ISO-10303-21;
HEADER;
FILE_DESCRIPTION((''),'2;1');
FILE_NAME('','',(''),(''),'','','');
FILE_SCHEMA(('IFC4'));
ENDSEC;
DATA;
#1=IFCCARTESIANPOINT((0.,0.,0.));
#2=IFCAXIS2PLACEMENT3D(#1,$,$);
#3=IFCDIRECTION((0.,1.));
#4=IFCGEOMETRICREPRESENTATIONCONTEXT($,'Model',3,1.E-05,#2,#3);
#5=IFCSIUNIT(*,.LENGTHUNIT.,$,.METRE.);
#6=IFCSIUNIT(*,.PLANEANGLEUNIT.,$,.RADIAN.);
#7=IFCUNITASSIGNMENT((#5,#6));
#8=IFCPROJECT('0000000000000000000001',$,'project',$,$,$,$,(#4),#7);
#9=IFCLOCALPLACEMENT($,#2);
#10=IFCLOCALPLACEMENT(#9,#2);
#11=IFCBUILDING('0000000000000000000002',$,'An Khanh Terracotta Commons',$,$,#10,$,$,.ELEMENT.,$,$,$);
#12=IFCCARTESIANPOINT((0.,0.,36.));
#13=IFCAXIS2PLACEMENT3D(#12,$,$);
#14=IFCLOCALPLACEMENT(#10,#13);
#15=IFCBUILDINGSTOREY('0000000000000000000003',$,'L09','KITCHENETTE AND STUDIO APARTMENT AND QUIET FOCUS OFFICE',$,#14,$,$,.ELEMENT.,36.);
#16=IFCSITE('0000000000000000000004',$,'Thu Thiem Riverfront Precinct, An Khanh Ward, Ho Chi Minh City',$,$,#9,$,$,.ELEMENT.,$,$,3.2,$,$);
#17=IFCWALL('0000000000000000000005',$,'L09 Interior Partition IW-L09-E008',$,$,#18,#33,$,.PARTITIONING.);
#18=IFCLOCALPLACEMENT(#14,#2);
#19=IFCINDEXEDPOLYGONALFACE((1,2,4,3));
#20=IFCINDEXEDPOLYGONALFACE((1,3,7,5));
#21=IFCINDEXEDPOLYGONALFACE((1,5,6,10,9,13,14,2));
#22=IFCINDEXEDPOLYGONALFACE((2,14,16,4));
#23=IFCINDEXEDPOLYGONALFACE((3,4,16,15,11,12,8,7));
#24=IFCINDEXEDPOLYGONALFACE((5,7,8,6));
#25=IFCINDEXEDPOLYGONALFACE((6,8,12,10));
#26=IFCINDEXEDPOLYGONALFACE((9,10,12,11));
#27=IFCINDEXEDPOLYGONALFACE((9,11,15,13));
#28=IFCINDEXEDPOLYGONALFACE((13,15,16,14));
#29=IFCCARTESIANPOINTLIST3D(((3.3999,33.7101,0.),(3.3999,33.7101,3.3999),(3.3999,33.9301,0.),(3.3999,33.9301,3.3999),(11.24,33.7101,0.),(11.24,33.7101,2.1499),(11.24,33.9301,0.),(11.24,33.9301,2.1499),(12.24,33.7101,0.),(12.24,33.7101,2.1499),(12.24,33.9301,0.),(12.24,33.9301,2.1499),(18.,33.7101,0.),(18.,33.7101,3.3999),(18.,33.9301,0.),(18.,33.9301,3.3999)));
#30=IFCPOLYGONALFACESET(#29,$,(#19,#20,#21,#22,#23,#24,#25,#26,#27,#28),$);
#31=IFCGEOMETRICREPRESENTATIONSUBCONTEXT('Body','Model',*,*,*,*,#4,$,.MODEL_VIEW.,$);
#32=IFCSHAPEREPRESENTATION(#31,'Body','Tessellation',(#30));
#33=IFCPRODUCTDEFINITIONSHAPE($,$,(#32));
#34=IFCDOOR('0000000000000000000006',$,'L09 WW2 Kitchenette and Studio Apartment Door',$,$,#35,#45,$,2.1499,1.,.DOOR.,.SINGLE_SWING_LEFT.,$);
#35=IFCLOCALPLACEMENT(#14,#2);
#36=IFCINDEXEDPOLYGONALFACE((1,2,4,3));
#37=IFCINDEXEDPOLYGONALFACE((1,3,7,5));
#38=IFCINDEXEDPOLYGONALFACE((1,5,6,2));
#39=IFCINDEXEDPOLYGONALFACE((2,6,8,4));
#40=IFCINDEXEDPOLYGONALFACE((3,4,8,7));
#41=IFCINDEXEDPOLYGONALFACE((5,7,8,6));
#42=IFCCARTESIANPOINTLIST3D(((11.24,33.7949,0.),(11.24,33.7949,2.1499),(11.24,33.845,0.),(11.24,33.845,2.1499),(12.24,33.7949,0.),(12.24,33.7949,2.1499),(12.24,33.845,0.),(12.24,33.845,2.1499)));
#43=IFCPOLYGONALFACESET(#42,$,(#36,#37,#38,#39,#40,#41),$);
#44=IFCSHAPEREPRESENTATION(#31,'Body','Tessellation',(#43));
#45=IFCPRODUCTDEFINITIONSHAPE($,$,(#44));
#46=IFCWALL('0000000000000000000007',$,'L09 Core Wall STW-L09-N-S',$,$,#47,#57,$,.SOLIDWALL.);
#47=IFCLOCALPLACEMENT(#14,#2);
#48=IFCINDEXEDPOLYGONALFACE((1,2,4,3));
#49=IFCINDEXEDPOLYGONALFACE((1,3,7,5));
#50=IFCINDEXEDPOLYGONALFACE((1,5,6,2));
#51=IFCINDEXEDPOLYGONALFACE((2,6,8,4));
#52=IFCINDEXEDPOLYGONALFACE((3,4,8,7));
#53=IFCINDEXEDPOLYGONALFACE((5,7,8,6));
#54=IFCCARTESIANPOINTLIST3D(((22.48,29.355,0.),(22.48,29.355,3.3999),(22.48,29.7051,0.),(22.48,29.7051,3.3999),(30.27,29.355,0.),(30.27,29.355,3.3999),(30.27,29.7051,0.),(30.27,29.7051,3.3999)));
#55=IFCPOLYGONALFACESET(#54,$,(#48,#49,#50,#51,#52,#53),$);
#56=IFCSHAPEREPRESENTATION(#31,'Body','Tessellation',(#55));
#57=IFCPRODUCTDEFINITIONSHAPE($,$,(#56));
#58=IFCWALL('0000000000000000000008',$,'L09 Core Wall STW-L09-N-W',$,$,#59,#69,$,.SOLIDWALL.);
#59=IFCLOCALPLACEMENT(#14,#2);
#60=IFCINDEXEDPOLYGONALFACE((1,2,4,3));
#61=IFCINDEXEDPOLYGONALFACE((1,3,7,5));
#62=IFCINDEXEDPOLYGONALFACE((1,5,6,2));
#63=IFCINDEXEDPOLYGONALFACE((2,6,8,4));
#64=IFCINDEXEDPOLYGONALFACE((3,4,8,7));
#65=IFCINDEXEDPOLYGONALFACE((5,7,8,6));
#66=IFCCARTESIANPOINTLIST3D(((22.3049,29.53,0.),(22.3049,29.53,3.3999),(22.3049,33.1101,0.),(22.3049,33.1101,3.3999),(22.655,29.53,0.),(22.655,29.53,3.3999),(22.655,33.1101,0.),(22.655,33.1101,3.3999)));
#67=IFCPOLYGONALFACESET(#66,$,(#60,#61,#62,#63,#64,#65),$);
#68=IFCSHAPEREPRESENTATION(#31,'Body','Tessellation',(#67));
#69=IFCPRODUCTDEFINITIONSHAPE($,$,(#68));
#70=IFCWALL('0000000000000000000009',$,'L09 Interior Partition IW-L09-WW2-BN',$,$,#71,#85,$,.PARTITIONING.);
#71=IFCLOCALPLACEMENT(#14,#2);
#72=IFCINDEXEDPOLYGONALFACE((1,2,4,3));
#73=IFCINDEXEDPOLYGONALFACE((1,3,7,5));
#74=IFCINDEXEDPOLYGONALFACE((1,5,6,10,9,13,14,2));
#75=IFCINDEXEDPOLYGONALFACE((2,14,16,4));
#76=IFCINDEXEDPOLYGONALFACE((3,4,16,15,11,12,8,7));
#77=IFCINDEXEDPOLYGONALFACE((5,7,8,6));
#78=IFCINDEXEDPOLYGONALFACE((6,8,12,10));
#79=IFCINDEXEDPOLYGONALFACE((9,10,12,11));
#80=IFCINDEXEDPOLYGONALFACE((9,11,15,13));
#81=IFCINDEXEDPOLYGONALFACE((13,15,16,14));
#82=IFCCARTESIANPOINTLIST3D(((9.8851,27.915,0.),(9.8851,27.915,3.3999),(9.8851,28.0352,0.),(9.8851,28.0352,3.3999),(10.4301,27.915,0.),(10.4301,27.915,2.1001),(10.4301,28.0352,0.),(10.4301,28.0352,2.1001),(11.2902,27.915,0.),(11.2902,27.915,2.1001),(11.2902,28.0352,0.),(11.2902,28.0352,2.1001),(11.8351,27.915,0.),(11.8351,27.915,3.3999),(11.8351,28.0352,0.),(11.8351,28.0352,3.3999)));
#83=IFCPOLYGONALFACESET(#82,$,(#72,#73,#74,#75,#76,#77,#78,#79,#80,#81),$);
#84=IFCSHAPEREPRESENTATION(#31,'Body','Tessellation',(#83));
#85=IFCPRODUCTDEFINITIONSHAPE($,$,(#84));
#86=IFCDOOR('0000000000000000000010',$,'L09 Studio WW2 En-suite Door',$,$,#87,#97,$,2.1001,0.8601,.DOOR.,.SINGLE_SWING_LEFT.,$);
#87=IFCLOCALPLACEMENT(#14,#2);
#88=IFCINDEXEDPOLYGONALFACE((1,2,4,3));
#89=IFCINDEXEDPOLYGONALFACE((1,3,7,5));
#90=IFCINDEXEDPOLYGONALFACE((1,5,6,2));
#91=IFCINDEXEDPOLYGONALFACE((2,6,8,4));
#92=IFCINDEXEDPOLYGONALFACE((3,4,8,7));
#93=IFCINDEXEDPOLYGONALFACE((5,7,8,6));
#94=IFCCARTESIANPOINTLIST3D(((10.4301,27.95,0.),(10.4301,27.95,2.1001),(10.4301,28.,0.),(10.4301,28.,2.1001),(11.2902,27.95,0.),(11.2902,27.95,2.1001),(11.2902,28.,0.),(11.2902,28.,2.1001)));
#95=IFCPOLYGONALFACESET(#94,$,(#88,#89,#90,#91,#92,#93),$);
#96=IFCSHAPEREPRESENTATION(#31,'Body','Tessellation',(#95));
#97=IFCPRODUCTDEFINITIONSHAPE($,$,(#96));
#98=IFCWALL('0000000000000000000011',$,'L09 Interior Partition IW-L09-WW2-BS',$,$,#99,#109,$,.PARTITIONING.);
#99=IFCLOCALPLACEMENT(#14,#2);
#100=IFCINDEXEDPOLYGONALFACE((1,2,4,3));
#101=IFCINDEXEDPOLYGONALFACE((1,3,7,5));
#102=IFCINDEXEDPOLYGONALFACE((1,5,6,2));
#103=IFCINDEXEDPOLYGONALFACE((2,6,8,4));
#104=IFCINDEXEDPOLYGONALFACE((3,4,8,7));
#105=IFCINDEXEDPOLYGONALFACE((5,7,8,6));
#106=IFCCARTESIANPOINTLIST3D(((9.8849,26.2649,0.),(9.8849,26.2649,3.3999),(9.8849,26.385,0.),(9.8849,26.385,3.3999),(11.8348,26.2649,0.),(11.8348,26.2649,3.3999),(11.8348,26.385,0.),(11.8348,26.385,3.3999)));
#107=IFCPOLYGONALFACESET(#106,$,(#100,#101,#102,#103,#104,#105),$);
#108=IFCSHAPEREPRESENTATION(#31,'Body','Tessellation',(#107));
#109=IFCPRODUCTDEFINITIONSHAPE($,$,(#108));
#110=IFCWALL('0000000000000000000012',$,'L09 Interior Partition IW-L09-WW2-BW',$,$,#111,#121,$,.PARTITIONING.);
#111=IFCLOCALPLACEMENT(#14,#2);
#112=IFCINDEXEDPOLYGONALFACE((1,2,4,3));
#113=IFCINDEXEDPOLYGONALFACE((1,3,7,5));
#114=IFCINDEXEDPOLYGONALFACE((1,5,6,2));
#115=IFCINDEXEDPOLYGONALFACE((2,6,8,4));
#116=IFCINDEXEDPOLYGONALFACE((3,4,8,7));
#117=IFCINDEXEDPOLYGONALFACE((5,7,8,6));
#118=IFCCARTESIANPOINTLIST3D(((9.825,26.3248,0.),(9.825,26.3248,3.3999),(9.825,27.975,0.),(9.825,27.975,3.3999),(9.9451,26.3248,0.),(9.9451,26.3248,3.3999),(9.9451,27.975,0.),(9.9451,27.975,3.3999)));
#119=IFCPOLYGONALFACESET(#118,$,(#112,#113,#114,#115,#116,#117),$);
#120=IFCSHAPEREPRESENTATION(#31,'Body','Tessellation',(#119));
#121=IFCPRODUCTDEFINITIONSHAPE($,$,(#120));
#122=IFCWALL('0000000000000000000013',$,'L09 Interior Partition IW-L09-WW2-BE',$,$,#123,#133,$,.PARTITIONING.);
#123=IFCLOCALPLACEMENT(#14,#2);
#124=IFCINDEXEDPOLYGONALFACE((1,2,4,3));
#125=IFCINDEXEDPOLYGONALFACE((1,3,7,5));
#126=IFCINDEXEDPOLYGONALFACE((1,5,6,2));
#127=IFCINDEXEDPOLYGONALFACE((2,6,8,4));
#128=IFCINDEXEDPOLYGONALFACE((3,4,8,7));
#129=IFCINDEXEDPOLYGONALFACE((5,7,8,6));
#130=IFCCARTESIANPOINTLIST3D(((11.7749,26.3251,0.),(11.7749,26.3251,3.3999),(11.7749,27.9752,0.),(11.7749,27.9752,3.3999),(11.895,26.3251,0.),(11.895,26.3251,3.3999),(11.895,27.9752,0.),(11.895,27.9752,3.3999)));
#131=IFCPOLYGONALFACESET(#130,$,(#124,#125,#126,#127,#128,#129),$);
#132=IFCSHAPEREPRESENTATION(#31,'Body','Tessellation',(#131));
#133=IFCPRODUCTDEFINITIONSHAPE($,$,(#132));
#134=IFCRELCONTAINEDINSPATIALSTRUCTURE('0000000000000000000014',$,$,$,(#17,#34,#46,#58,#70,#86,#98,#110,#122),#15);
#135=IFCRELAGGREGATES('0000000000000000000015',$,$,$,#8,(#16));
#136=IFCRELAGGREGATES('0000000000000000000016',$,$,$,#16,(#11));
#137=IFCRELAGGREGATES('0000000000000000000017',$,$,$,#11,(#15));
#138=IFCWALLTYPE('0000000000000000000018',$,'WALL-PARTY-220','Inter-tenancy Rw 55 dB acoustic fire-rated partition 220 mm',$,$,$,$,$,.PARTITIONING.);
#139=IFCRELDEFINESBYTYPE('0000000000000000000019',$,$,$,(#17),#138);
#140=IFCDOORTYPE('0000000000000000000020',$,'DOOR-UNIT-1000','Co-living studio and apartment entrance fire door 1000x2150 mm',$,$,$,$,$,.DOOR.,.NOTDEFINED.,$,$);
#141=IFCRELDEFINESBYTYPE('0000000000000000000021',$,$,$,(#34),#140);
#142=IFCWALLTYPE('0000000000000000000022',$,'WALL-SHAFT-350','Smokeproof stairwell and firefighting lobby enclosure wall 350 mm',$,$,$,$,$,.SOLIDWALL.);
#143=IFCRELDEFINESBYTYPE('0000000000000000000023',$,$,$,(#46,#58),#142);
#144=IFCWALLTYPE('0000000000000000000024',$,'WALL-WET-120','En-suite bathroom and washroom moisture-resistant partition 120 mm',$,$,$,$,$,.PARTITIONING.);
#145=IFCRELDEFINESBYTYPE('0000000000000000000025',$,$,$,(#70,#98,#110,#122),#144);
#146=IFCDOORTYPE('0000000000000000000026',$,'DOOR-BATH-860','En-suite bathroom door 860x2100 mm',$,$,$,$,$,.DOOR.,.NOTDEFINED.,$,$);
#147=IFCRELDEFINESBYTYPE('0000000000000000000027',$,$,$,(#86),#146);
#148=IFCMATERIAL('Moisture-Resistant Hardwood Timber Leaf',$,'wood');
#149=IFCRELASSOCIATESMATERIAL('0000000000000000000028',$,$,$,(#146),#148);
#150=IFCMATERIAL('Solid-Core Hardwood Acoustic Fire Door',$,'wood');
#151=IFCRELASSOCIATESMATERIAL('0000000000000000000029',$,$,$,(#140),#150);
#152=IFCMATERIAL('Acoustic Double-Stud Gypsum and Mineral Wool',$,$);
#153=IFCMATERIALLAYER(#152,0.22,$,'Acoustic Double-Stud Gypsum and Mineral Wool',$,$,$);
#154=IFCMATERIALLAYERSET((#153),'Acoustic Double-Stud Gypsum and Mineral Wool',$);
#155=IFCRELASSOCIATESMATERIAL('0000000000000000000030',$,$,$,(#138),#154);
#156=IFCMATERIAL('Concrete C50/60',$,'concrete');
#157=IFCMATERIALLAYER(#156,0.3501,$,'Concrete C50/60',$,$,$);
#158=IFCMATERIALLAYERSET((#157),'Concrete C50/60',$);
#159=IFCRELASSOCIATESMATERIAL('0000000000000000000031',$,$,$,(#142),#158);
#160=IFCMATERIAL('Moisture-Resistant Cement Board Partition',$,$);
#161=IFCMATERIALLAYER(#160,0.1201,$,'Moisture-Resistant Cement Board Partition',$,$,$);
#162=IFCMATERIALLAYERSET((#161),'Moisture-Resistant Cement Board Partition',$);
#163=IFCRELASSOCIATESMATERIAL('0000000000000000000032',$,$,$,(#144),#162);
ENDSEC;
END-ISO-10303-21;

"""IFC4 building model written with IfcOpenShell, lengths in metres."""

from ifc_helpers import new_model, si_unit, direction, frame, frame_2d, origin, place, context, subcontext, project, spatial, rectangle, extrude, material, layer, layer_set, type_object, element, fill, save


model = new_model("IFC4")

# Units and contexts
model_context = context("Model", 3, precision=1e-05, world=origin(), true_north=direction((0.0, 1.0)))
body_context = subcontext(model_context, "Body", "Model", "MODEL_VIEW")
ifc_project = project(units=[si_unit("LENGTHUNIT", "METRE"), si_unit("PLANEANGLEUNIT", "RADIAN")], contexts=[model_context])

# Site, building, storey
site_placement = place(None, origin())
site = spatial("IfcSite", under=ifc_project, at=site_placement, Name="Thu Thiem Riverfront Precinct, An Khanh Ward, Ho Chi Minh City", CompositionType="ELEMENT", RefElevation=3.2)
building_placement = place(site_placement, origin())
building = spatial("IfcBuilding", under=site, at=building_placement, Name="An Khanh Terracotta Commons", CompositionType="ELEMENT")
storey_placement = place(building_placement, frame((0.0, 0.0, 36.0)))
storey = spatial("IfcBuildingStorey", under=building, at=storey_placement, Name="L09", Description="KITCHENETTE AND STUDIO APARTMENT AND QUIET FOCUS OFFICE", CompositionType="ELEMENT", Elevation=36.0)

# Shared definitions
ifc_material_1 = material(Name="Moisture-Resistant Hardwood Timber Leaf", Category="wood")
door_type_1 = type_object("IfcDoorType", Name="DOOR-BATH-860", Description="En-suite bathroom door 860x2100 mm", OperationType="NOTDEFINED", PredefinedType="DOOR", material=ifc_material_1)
ifc_material_2 = material(Name="Solid-Core Hardwood Acoustic Fire Door", Category="wood")
door_type_2 = type_object("IfcDoorType", Name="DOOR-UNIT-1000", Description="Co-living studio and apartment entrance fire door 1000x2150 mm", OperationType="NOTDEFINED", PredefinedType="DOOR", material=ifc_material_2)

# Shared definitions
ifc_material_3 = material(Name="Acoustic Double-Stud Gypsum and Mineral Wool")
ifc_layer_1 = layer(ifc_material_3, 0.22, Name="Acoustic Double-Stud Gypsum and Mineral Wool")
ifc_layer_set_1 = layer_set([ifc_layer_1], Name="Acoustic Double-Stud Gypsum and Mineral Wool")
wall_type_1 = type_object("IfcWallType", Name="WALL-PARTY-220", Description="Inter-tenancy Rw 55 dB acoustic fire-rated partition 220 mm", PredefinedType="PARTITIONING", material=ifc_layer_set_1)

# Wall, opening, door
wall_1_placement = place(storey_placement, frame((3.3999, 33.8201, 0.0), z_axis=(0.0, 0.0, 1.0), x_axis=(1.0, 0.0, 0.0)))
wall_1 = element("IfcWall", 1, at=wall_1_placement, inside=storey, type_object=wall_type_1, Name="L09 Interior Partition IW-L09-E008", PredefinedType="PARTITIONING", context=body_context, shape_type="SweptSolid", body=[
    extrude(rectangle(XDim=14.6001, YDim=0.22, at=frame_2d((7.3, 0.0))), origin(), (0.0, 0.0, 1.0), 3.3999),
])
opening_1_placement = place(wall_1_placement, frame((7.8401, 0.0, 0.0)))
opening_1 = element("IfcOpeningElement", 2, at=opening_1_placement, cuts=wall_1, PredefinedType="OPENING", context=body_context, shape_type="SweptSolid", body=[
    extrude(rectangle(XDim=1.0, YDim=2.1499, at=frame_2d((0.5, 1.075))), frame((0.0, 0.1199, 0.0), z_axis=(0.0, -1.0, 0.0), x_axis=(1.0, 0.0, 0.0)), (0.0, 0.0, 1.0), 0.24),
])
door_1_placement = place(opening_1_placement, origin())
door_1 = element("IfcDoor", 3, at=door_1_placement, inside=storey, type_object=door_type_2, Name="L09 WW2 Kitchenette and Studio Apartment Door", OperationType="SINGLE_SWING_LEFT", OverallHeight=2.1499, OverallWidth=1.0, PredefinedType="DOOR", context=body_context, shape_type="SweptSolid", body=[
    extrude(rectangle(XDim=1.0, YDim=2.1499, at=frame_2d((0.5, 1.075))), frame((0.0, 0.0249, 0.0), z_axis=(0.0, -1.0, 0.0), x_axis=(1.0, 0.0, 0.0)), (0.0, 0.0, 1.0), 0.05),
])
fill(opening_1, door_1)

# Walls
ifc_material_4 = material(Name="Concrete C50/60", Category="concrete")
ifc_layer_2 = layer(ifc_material_4, 0.3501, Name="Concrete C50/60")
ifc_layer_set_2 = layer_set([ifc_layer_2], Name="Concrete C50/60")
wall_type_2 = type_object("IfcWallType", Name="WALL-SHAFT-350", Description="Smokeproof stairwell and firefighting lobby enclosure wall 350 mm", PredefinedType="SOLIDWALL", material=ifc_layer_set_2)
wall_2_placement = place(storey_placement, frame((22.48, 29.53, 0.0), z_axis=(0.0, 0.0, 1.0), x_axis=(1.0, 0.0, 0.0)))
element("IfcWall", 4, at=wall_2_placement, inside=storey, type_object=wall_type_2, Name="L09 Core Wall STW-L09-N-S", PredefinedType="SOLIDWALL", context=body_context, shape_type="SweptSolid", body=[
    extrude(rectangle(XDim=7.79, YDim=0.3501, at=frame_2d((3.895, 0.0))), origin(), (0.0, 0.0, 1.0), 3.3999),
])
wall_3_placement = place(storey_placement, frame((22.48, 29.53, 0.0), z_axis=(0.0, 0.0, 1.0), x_axis=(0.0, 1.0, 0.0)))
element("IfcWall", 5, at=wall_3_placement, inside=storey, type_object=wall_type_2, Name="L09 Core Wall STW-L09-N-W", PredefinedType="SOLIDWALL", context=body_context, shape_type="SweptSolid", body=[
    extrude(rectangle(XDim=3.5801, YDim=0.3501, at=frame_2d((1.79, 0.0))), origin(), (0.0, 0.0, 1.0), 3.3999),
])

# Wall, opening, door
ifc_material_5 = material(Name="Moisture-Resistant Cement Board Partition")
ifc_layer_3 = layer(ifc_material_5, 0.1201, Name="Moisture-Resistant Cement Board Partition")
ifc_layer_set_3 = layer_set([ifc_layer_3], Name="Moisture-Resistant Cement Board Partition")
wall_type_3 = type_object("IfcWallType", Name="WALL-WET-120", Description="En-suite bathroom and washroom moisture-resistant partition 120 mm", PredefinedType="PARTITIONING", material=ifc_layer_set_3)
wall_4_placement = place(storey_placement, frame((9.885, 27.9751, 0.0), z_axis=(0.0, 0.0, 1.0), x_axis=(1.0, 0.0, 0.0)))
wall_4 = element("IfcWall", 6, at=wall_4_placement, inside=storey, type_object=wall_type_3, Name="L09 Interior Partition IW-L09-WW2-BN", PredefinedType="PARTITIONING", context=body_context, shape_type="SweptSolid", body=[
    extrude(rectangle(XDim=1.95, YDim=0.1201, at=frame_2d((0.9751, 0.0))), origin(), (0.0, 0.0, 1.0), 3.3999),
])
opening_2_placement = place(wall_4_placement, frame((0.5449, 0.0, 0.0)))
opening_2 = element("IfcOpeningElement", 7, at=opening_2_placement, cuts=wall_4, PredefinedType="OPENING", context=body_context, shape_type="SweptSolid", body=[
    extrude(rectangle(XDim=0.8601, YDim=2.1001, at=frame_2d((0.4302, 1.05))), frame((0.0, 0.0701, 0.0), z_axis=(0.0, -1.0, 0.0), x_axis=(1.0, 0.0, 0.0)), (0.0, 0.0, 1.0), 0.1401),
])
door_2_placement = place(opening_2_placement, origin())
door_2 = element("IfcDoor", 8, at=door_2_placement, inside=storey, type_object=door_type_1, Name="L09 Studio WW2 En-suite Door", OperationType="SINGLE_SWING_LEFT", OverallHeight=2.1001, OverallWidth=0.8601, PredefinedType="DOOR", context=body_context, shape_type="SweptSolid", body=[
    extrude(rectangle(XDim=0.8601, YDim=2.1001, at=frame_2d((0.4302, 1.05))), frame((0.0, 0.0249, 0.0), z_axis=(0.0, -1.0, 0.0), x_axis=(1.0, 0.0, 0.0)), (0.0, 0.0, 1.0), 0.05),
])
fill(opening_2, door_2)

# Walls
wall_5_placement = place(storey_placement, frame((11.835, 26.325, 0.0), z_axis=(0.0, 0.0, 1.0), x_axis=(-1.0, 0.0, 0.0)))
element("IfcWall", 9, at=wall_5_placement, inside=storey, type_object=wall_type_3, Name="L09 Interior Partition IW-L09-WW2-BS", PredefinedType="PARTITIONING", context=body_context, shape_type="SweptSolid", body=[
    extrude(rectangle(XDim=1.95, YDim=0.1201, at=frame_2d((0.9751, 0.0))), origin(), (0.0, 0.0, 1.0), 3.3999),
])
for number, where, z_axis, x_axis, name in (
    (10, (9.885, 27.9751, 0.0), (0.0, 0.0, 1.0), (0.0, -1.0, 0.0), "L09 Interior Partition IW-L09-WW2-BW"),
    (11, (11.835, 26.325, 0.0), (0.0, 0.0, 1.0), (0.0, 1.0, 0.0), "L09 Interior Partition IW-L09-WW2-BE"),
):
    element("IfcWall", number, at=place(storey_placement, frame(where, z_axis=z_axis, x_axis=x_axis)), inside=storey, type_object=wall_type_3, Name=name, PredefinedType="PARTITIONING", context=body_context, shape_type="SweptSolid", body=[
        extrude(rectangle(XDim=1.6501, YDim=0.1201, at=frame_2d((0.8252, 0.0))), origin(), (0.0, 0.0, 1.0), 3.3999),
    ])

save(model, "model.ifc")
